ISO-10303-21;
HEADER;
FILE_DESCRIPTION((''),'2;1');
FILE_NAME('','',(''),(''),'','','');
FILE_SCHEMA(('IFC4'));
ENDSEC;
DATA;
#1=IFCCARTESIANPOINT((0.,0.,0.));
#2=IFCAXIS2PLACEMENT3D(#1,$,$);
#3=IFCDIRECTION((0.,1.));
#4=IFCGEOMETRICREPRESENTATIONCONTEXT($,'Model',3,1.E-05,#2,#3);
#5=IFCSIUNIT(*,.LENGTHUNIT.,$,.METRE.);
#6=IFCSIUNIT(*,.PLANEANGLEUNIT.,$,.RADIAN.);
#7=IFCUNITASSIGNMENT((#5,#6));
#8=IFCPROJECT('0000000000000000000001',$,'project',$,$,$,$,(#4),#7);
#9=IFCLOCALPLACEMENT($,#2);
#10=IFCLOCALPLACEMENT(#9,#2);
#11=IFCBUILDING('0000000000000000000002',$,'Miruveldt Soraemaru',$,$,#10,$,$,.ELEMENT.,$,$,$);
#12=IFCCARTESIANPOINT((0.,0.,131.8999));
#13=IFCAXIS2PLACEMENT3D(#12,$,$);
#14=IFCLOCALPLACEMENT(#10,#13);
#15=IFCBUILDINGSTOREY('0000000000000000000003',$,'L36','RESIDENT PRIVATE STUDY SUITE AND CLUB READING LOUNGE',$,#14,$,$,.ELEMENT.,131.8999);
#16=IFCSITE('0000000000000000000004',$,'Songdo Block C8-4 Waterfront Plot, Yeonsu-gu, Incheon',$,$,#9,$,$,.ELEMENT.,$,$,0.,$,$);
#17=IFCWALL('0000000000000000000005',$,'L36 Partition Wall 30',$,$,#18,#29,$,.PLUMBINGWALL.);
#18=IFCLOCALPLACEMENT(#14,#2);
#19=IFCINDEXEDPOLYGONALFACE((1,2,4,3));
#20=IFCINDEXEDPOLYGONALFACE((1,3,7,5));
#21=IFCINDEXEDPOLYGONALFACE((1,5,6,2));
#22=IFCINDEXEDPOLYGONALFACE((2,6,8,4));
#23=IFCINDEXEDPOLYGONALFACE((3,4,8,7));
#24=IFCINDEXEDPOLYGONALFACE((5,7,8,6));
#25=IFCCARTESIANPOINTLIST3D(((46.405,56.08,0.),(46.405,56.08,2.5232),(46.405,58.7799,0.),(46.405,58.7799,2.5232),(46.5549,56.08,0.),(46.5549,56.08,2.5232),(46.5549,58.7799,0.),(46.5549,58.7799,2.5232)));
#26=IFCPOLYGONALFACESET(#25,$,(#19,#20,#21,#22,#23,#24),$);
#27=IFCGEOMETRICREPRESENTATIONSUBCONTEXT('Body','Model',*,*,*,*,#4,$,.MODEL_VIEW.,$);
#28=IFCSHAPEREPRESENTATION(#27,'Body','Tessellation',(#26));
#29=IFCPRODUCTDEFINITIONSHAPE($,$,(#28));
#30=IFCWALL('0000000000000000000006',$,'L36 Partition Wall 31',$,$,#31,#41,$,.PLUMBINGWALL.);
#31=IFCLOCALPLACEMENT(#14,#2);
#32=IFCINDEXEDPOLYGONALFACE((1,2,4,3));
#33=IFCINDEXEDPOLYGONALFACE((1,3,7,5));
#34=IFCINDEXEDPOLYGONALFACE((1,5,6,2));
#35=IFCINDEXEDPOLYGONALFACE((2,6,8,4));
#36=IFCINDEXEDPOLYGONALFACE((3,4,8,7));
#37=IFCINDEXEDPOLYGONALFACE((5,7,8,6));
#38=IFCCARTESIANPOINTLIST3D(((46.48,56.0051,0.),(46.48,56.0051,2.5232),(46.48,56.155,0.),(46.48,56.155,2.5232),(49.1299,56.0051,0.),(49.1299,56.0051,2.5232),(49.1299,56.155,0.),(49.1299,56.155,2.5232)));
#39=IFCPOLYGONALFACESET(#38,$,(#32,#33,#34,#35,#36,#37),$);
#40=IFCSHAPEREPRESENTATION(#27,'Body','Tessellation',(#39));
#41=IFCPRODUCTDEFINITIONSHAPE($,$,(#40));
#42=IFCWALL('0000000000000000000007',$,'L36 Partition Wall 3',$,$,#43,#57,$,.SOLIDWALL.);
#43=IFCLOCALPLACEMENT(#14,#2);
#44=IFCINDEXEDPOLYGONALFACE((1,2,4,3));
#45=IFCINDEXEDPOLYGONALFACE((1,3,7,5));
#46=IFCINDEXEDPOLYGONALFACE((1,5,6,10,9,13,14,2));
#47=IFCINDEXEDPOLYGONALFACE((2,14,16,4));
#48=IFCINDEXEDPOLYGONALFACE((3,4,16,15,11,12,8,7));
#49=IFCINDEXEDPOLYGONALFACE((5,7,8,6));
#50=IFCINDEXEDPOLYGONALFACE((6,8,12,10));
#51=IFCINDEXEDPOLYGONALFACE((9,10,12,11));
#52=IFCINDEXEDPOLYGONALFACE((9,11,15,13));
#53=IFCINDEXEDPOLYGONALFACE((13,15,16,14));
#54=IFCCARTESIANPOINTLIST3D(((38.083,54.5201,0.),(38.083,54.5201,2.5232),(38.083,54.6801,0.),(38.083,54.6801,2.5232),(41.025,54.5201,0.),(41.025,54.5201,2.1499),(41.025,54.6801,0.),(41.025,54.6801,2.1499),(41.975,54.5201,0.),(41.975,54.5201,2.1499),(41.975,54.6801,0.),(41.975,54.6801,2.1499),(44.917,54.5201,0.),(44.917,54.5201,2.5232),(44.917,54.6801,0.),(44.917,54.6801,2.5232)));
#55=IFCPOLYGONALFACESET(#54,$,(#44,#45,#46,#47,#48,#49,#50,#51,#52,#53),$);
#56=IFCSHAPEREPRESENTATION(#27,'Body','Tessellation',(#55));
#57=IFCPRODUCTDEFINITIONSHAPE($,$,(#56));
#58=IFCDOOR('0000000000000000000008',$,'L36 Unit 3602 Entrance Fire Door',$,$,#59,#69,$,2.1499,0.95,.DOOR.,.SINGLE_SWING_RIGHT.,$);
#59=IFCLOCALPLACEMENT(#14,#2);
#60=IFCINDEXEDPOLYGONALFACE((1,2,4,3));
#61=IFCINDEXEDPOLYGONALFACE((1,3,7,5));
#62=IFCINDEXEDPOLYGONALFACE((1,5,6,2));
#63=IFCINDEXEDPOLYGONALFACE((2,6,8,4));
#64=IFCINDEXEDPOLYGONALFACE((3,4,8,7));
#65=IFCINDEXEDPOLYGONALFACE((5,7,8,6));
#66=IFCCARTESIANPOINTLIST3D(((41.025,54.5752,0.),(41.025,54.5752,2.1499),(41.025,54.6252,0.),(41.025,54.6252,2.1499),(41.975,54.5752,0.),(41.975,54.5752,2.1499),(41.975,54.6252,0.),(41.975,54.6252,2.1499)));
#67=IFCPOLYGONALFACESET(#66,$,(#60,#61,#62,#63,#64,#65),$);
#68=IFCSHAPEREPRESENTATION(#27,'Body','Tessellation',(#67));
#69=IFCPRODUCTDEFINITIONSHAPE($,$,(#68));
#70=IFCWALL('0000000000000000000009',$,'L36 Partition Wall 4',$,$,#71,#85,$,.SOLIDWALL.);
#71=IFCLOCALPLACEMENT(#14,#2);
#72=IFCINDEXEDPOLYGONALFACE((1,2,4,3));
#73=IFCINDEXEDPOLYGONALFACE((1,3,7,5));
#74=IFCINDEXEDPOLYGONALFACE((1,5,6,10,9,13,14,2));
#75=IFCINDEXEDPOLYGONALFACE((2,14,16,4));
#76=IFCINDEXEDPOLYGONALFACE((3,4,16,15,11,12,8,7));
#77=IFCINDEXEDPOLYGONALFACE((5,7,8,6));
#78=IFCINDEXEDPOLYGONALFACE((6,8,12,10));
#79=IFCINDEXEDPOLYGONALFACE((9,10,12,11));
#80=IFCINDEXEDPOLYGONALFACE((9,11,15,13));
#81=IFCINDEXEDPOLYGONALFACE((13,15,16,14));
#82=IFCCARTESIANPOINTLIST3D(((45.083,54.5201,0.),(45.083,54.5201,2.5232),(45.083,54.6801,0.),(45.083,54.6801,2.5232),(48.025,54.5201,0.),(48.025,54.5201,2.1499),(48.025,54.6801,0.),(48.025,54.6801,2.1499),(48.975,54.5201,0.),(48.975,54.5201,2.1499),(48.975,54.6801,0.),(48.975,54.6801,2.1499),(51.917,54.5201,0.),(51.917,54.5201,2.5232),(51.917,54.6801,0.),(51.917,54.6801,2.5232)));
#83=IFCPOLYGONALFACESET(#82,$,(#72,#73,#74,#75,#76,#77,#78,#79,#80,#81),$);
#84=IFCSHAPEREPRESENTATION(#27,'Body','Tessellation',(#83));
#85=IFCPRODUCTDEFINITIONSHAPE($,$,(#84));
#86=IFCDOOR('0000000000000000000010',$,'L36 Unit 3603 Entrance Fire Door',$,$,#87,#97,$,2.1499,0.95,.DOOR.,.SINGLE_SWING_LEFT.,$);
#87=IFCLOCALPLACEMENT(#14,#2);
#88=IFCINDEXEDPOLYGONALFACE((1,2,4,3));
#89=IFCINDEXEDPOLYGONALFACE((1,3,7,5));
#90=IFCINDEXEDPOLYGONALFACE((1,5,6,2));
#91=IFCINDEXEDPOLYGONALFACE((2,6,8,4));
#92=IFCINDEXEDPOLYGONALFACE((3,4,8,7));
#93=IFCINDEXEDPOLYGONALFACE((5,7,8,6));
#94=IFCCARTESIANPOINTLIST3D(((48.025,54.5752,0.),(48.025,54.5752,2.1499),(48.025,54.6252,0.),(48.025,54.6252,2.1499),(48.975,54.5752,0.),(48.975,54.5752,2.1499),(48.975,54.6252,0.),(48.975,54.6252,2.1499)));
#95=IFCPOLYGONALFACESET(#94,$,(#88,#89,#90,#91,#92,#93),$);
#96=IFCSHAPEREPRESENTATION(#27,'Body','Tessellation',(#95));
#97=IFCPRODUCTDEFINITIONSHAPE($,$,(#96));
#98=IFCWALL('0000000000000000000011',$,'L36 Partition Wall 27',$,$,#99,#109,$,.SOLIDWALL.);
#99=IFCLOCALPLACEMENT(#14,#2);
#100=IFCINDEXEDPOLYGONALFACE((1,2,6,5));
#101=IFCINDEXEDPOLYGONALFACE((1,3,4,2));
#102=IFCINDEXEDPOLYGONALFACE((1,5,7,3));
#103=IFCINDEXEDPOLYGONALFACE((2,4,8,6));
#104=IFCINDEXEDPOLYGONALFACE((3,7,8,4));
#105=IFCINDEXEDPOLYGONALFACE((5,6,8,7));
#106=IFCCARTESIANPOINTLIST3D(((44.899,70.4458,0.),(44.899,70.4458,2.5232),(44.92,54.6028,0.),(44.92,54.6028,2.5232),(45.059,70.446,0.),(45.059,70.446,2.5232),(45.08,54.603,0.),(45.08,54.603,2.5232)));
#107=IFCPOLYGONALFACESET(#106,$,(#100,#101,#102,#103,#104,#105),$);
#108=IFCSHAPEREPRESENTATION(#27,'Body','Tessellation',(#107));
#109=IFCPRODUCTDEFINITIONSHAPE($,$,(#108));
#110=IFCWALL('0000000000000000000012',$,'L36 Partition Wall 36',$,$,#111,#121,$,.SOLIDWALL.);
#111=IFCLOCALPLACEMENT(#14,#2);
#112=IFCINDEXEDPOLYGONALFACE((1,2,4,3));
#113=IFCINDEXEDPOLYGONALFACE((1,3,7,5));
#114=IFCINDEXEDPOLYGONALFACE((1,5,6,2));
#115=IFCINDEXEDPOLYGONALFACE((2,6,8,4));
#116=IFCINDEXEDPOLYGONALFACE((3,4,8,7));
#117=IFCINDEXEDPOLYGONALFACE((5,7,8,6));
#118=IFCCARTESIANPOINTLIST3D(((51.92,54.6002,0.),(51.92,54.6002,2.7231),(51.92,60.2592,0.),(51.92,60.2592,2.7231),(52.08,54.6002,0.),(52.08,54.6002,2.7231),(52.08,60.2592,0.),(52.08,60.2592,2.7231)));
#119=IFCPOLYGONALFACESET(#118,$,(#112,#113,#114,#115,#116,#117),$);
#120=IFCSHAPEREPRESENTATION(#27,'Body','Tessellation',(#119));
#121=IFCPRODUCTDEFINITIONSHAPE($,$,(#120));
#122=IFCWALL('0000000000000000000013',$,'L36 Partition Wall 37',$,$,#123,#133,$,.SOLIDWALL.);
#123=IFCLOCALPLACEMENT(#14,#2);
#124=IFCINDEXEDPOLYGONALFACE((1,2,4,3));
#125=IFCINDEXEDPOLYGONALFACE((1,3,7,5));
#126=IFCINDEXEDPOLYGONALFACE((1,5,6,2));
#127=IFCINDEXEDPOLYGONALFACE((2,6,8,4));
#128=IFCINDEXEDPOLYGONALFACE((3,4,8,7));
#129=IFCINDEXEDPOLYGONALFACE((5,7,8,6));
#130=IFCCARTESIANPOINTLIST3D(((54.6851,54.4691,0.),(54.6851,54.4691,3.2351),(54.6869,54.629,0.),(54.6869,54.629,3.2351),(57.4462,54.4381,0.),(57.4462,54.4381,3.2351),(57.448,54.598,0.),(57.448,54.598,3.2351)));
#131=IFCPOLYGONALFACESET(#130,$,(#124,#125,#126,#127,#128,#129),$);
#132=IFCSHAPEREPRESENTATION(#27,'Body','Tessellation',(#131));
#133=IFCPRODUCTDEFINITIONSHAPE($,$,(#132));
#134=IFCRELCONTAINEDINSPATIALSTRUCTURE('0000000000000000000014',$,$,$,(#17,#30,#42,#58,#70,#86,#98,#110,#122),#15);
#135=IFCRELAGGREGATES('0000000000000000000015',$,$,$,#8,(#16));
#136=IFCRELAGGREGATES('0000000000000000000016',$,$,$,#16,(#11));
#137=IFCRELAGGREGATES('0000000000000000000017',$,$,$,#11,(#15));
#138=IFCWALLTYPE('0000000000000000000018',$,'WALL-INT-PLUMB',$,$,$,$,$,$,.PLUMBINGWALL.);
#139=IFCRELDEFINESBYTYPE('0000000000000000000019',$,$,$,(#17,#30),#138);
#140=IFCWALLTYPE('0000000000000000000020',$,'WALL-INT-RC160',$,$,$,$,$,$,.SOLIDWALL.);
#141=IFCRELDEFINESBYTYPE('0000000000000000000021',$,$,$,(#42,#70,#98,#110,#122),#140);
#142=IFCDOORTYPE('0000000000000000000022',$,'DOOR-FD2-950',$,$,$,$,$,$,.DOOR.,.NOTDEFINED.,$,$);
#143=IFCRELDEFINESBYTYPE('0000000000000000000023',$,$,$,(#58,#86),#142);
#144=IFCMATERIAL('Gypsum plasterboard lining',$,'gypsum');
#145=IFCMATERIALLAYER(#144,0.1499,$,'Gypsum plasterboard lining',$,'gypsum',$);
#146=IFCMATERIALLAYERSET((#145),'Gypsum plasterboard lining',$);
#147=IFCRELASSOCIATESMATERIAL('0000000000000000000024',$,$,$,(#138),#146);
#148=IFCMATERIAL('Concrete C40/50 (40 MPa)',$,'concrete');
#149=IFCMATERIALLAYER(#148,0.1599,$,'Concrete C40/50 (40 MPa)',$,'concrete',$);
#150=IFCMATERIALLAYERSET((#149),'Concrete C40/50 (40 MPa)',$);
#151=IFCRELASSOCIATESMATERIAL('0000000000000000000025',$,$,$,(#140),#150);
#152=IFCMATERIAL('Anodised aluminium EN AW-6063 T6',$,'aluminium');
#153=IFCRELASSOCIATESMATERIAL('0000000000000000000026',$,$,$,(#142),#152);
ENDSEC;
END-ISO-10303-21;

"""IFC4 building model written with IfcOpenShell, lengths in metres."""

from ifc_helpers import new_model, si_unit, direction, frame, frame_2d, origin, place, context, subcontext, project, spatial, rectangle, extrude, material, layer, layer_set, type_object, element, fill, save


model = new_model("IFC4")

# Units and contexts
model_context = context("Model", 3, precision=1e-05, world=origin(), true_north=direction((0.0, 1.0)))
body_context = subcontext(model_context, "Body", "Model", "MODEL_VIEW")
ifc_project = project(units=[si_unit("LENGTHUNIT", "METRE"), si_unit("PLANEANGLEUNIT", "RADIAN")], contexts=[model_context])

# Site, building, storey
site_placement = place(None, origin())
site = spatial("IfcSite", under=ifc_project, at=site_placement, Name="Songdo Block C8-4 Waterfront Plot, Yeonsu-gu, Incheon", CompositionType="ELEMENT", RefElevation=0.0)
building_placement = place(site_placement, origin())
building = spatial("IfcBuilding", under=site, at=building_placement, Name="Miruveldt Soraemaru", CompositionType="ELEMENT")
storey_placement = place(building_placement, frame((0.0, 0.0, 131.8999)))
storey = spatial("IfcBuildingStorey", under=building, at=storey_placement, Name="L36", Description="RESIDENT PRIVATE STUDY SUITE AND CLUB READING LOUNGE", CompositionType="ELEMENT", Elevation=131.8999)

# Shared definitions
ifc_material_1 = material(Name="Gypsum plasterboard lining", Category="gypsum")
ifc_layer_1 = layer(ifc_material_1, 0.1499, Name="Gypsum plasterboard lining", Category="gypsum")
ifc_layer_set_1 = layer_set([ifc_layer_1], Name="Gypsum plasterboard lining")
wall_type_1 = type_object("IfcWallType", Name="WALL-INT-PLUMB", PredefinedType="PLUMBINGWALL", material=ifc_layer_set_1)
ifc_material_2 = material(Name="Anodised aluminium EN AW-6063 T6", Category="aluminium")

# Walls
wall_1_placement = place(storey_placement, frame((46.48, 58.78, 0.0), z_axis=(0.0, 0.0, 1.0), x_axis=(0.0, -1.0, 0.0)))
element("IfcWall", 1, at=wall_1_placement, inside=storey, type_object=wall_type_1, Name="L36 Partition Wall 30", PredefinedType="PLUMBINGWALL", context=body_context, shape_type="SweptSolid", body=[
    extrude(rectangle(XDim=2.7, YDim=0.1499, at=frame_2d((1.3501, 0.0))), origin(), (0.0, 0.0, 1.0), 2.5232),
])
wall_2_placement = place(storey_placement, frame((46.48, 56.0801, 0.0), z_axis=(0.0, 0.0, 1.0), x_axis=(1.0, 0.0, 0.0)))
element("IfcWall", 2, at=wall_2_placement, inside=storey, type_object=wall_type_1, Name="L36 Partition Wall 31", PredefinedType="PLUMBINGWALL", context=body_context, shape_type="SweptSolid", body=[
    extrude(rectangle(XDim=2.6499, YDim=0.1499, at=frame_2d((1.325, 0.0))), origin(), (0.0, 0.0, 1.0), 2.5232),
])

# Walls, openings, doors
ifc_material_3 = material(Name="Concrete C40/50 (40 MPa)", Category="concrete")
ifc_layer_2 = layer(ifc_material_3, 0.1599, Name="Concrete C40/50 (40 MPa)", Category="concrete")
ifc_layer_set_2 = layer_set([ifc_layer_2], Name="Concrete C40/50 (40 MPa)")
wall_type_2 = type_object("IfcWallType", Name="WALL-INT-RC160", PredefinedType="SOLIDWALL", material=ifc_layer_set_2)
wall_3_placement = place(storey_placement, frame((44.917, 54.6001, 0.0), z_axis=(0.0, 0.0, 1.0), x_axis=(-1.0, 0.0, 0.0)))
wall_3 = element("IfcWall", 3, at=wall_3_placement, inside=storey, type_object=wall_type_2, Name="L36 Partition Wall 3", PredefinedType="SOLIDWALL", context=body_context, shape_type="SweptSolid", body=[
    extrude(rectangle(XDim=6.834, YDim=0.1599, at=frame_2d((3.417, 0.0))), origin(), (0.0, 0.0, 1.0), 2.5232),
])
opening_1_placement = place(wall_3_placement, frame((2.9419, 0.0, 0.0)))
opening_1 = element("IfcOpeningElement", 4, at=opening_1_placement, cuts=wall_3, PredefinedType="OPENING", context=body_context, shape_type="SweptSolid", body=[
    extrude(rectangle(XDim=0.95, YDim=2.1499, at=frame_2d((0.4751, 1.075))), frame((0.0, 0.0898, 0.0), z_axis=(0.0, -1.0, 0.0), x_axis=(1.0, 0.0, 0.0)), (0.0, 0.0, 1.0), 0.1799),
])
door_type_1 = type_object("IfcDoorType", Name="DOOR-FD2-950", OperationType="NOTDEFINED", PredefinedType="DOOR", material=ifc_material_2)
door_1_placement = place(opening_1_placement, origin())
door_1 = element("IfcDoor", 5, at=door_1_placement, inside=storey, type_object=door_type_1, Name="L36 Unit 3602 Entrance Fire Door", OperationType="SINGLE_SWING_RIGHT", OverallHeight=2.1499, OverallWidth=0.95, PredefinedType="DOOR", context=body_context, shape_type="SweptSolid", body=[
    extrude(rectangle(XDim=0.95, YDim=2.1499, at=frame_2d((0.4751, 1.075))), frame((0.0, 0.0249, 0.0), z_axis=(0.0, -1.0, 0.0), x_axis=(1.0, 0.0, 0.0)), (0.0, 0.0, 1.0), 0.05),
])
fill(opening_1, door_1)
wall_4_placement = place(storey_placement, frame((51.917, 54.6001, 0.0), z_axis=(0.0, 0.0, 1.0), x_axis=(-1.0, 0.0, 0.0)))
wall_4 = element("IfcWall", 6, at=wall_4_placement, inside=storey, type_object=wall_type_2, Name="L36 Partition Wall 4", PredefinedType="SOLIDWALL", context=body_context, shape_type="SweptSolid", body=[
    extrude(rectangle(XDim=6.834, YDim=0.1599, at=frame_2d((3.417, 0.0))), origin(), (0.0, 0.0, 1.0), 2.5232),
])
opening_2_placement = place(wall_4_placement, frame((2.9419, 0.0, 0.0)))
opening_2 = element("IfcOpeningElement", 7, at=opening_2_placement, cuts=wall_4, PredefinedType="OPENING", context=body_context, shape_type="SweptSolid", body=[
    extrude(rectangle(XDim=0.95, YDim=2.1499, at=frame_2d((0.4751, 1.075))), frame((0.0, 0.0898, 0.0), z_axis=(0.0, -1.0, 0.0), x_axis=(1.0, 0.0, 0.0)), (0.0, 0.0, 1.0), 0.1799),
])
door_2_placement = place(opening_2_placement, origin())
door_2 = element("IfcDoor", 8, at=door_2_placement, inside=storey, type_object=door_type_1, Name="L36 Unit 3603 Entrance Fire Door", OperationType="SINGLE_SWING_LEFT", OverallHeight=2.1499, OverallWidth=0.95, PredefinedType="DOOR", context=body_context, shape_type="SweptSolid", body=[
    extrude(rectangle(XDim=0.95, YDim=2.1499, at=frame_2d((0.4751, 1.075))), frame((0.0, 0.0249, 0.0), z_axis=(0.0, -1.0, 0.0), x_axis=(1.0, 0.0, 0.0)), (0.0, 0.0, 1.0), 0.05),
])
fill(opening_2, door_2)

# Walls
wall_5_placement = place(storey_placement, frame((45.0, 54.603, 0.0), z_axis=(0.0, 0.0, 1.0), x_axis=(-0.001325, 0.999999, 0.0)))
element("IfcWall", 9, at=wall_5_placement, inside=storey, type_object=wall_type_2, Name="L36 Partition Wall 27", PredefinedType="SOLIDWALL", context=body_context, shape_type="SweptSolid", body=[
    extrude(rectangle(XDim=15.843, YDim=0.1599, at=frame_2d((7.9214, 0.0))), origin(), (0.0, 0.0, 1.0), 2.5232),
])
wall_6_placement = place(storey_placement, frame((52.0, 54.6001, 0.0), z_axis=(0.0, 0.0, 1.0), x_axis=(0.0, 1.0, 0.0)))
element("IfcWall", 10, at=wall_6_placement, inside=storey, type_object=wall_type_2, Name="L36 Partition Wall 36", PredefinedType="SOLIDWALL", context=body_context, shape_type="SweptSolid", body=[
    extrude(rectangle(XDim=5.6589, YDim=0.1599, at=frame_2d((2.8296, 0.0))), origin(), (0.0, 0.0, 1.0), 2.7231),
])
wall_7_placement = place(storey_placement, frame((54.686, 54.5491, 0.0), z_axis=(0.0, 0.0, 1.0), x_axis=(0.999937, -0.011229, 0.0)))
element("IfcWall", 11, at=wall_7_placement, inside=storey, type_object=wall_type_2, Name="L36 Partition Wall 37", PredefinedType="SOLIDWALL", context=body_context, shape_type="SweptSolid", body=[
    extrude(rectangle(XDim=2.7612, YDim=0.1599, at=frame_2d((1.3806, 0.0))), origin(), (0.0, 0.0, 1.0), 3.2351),
])

save(model, "model.ifc")
